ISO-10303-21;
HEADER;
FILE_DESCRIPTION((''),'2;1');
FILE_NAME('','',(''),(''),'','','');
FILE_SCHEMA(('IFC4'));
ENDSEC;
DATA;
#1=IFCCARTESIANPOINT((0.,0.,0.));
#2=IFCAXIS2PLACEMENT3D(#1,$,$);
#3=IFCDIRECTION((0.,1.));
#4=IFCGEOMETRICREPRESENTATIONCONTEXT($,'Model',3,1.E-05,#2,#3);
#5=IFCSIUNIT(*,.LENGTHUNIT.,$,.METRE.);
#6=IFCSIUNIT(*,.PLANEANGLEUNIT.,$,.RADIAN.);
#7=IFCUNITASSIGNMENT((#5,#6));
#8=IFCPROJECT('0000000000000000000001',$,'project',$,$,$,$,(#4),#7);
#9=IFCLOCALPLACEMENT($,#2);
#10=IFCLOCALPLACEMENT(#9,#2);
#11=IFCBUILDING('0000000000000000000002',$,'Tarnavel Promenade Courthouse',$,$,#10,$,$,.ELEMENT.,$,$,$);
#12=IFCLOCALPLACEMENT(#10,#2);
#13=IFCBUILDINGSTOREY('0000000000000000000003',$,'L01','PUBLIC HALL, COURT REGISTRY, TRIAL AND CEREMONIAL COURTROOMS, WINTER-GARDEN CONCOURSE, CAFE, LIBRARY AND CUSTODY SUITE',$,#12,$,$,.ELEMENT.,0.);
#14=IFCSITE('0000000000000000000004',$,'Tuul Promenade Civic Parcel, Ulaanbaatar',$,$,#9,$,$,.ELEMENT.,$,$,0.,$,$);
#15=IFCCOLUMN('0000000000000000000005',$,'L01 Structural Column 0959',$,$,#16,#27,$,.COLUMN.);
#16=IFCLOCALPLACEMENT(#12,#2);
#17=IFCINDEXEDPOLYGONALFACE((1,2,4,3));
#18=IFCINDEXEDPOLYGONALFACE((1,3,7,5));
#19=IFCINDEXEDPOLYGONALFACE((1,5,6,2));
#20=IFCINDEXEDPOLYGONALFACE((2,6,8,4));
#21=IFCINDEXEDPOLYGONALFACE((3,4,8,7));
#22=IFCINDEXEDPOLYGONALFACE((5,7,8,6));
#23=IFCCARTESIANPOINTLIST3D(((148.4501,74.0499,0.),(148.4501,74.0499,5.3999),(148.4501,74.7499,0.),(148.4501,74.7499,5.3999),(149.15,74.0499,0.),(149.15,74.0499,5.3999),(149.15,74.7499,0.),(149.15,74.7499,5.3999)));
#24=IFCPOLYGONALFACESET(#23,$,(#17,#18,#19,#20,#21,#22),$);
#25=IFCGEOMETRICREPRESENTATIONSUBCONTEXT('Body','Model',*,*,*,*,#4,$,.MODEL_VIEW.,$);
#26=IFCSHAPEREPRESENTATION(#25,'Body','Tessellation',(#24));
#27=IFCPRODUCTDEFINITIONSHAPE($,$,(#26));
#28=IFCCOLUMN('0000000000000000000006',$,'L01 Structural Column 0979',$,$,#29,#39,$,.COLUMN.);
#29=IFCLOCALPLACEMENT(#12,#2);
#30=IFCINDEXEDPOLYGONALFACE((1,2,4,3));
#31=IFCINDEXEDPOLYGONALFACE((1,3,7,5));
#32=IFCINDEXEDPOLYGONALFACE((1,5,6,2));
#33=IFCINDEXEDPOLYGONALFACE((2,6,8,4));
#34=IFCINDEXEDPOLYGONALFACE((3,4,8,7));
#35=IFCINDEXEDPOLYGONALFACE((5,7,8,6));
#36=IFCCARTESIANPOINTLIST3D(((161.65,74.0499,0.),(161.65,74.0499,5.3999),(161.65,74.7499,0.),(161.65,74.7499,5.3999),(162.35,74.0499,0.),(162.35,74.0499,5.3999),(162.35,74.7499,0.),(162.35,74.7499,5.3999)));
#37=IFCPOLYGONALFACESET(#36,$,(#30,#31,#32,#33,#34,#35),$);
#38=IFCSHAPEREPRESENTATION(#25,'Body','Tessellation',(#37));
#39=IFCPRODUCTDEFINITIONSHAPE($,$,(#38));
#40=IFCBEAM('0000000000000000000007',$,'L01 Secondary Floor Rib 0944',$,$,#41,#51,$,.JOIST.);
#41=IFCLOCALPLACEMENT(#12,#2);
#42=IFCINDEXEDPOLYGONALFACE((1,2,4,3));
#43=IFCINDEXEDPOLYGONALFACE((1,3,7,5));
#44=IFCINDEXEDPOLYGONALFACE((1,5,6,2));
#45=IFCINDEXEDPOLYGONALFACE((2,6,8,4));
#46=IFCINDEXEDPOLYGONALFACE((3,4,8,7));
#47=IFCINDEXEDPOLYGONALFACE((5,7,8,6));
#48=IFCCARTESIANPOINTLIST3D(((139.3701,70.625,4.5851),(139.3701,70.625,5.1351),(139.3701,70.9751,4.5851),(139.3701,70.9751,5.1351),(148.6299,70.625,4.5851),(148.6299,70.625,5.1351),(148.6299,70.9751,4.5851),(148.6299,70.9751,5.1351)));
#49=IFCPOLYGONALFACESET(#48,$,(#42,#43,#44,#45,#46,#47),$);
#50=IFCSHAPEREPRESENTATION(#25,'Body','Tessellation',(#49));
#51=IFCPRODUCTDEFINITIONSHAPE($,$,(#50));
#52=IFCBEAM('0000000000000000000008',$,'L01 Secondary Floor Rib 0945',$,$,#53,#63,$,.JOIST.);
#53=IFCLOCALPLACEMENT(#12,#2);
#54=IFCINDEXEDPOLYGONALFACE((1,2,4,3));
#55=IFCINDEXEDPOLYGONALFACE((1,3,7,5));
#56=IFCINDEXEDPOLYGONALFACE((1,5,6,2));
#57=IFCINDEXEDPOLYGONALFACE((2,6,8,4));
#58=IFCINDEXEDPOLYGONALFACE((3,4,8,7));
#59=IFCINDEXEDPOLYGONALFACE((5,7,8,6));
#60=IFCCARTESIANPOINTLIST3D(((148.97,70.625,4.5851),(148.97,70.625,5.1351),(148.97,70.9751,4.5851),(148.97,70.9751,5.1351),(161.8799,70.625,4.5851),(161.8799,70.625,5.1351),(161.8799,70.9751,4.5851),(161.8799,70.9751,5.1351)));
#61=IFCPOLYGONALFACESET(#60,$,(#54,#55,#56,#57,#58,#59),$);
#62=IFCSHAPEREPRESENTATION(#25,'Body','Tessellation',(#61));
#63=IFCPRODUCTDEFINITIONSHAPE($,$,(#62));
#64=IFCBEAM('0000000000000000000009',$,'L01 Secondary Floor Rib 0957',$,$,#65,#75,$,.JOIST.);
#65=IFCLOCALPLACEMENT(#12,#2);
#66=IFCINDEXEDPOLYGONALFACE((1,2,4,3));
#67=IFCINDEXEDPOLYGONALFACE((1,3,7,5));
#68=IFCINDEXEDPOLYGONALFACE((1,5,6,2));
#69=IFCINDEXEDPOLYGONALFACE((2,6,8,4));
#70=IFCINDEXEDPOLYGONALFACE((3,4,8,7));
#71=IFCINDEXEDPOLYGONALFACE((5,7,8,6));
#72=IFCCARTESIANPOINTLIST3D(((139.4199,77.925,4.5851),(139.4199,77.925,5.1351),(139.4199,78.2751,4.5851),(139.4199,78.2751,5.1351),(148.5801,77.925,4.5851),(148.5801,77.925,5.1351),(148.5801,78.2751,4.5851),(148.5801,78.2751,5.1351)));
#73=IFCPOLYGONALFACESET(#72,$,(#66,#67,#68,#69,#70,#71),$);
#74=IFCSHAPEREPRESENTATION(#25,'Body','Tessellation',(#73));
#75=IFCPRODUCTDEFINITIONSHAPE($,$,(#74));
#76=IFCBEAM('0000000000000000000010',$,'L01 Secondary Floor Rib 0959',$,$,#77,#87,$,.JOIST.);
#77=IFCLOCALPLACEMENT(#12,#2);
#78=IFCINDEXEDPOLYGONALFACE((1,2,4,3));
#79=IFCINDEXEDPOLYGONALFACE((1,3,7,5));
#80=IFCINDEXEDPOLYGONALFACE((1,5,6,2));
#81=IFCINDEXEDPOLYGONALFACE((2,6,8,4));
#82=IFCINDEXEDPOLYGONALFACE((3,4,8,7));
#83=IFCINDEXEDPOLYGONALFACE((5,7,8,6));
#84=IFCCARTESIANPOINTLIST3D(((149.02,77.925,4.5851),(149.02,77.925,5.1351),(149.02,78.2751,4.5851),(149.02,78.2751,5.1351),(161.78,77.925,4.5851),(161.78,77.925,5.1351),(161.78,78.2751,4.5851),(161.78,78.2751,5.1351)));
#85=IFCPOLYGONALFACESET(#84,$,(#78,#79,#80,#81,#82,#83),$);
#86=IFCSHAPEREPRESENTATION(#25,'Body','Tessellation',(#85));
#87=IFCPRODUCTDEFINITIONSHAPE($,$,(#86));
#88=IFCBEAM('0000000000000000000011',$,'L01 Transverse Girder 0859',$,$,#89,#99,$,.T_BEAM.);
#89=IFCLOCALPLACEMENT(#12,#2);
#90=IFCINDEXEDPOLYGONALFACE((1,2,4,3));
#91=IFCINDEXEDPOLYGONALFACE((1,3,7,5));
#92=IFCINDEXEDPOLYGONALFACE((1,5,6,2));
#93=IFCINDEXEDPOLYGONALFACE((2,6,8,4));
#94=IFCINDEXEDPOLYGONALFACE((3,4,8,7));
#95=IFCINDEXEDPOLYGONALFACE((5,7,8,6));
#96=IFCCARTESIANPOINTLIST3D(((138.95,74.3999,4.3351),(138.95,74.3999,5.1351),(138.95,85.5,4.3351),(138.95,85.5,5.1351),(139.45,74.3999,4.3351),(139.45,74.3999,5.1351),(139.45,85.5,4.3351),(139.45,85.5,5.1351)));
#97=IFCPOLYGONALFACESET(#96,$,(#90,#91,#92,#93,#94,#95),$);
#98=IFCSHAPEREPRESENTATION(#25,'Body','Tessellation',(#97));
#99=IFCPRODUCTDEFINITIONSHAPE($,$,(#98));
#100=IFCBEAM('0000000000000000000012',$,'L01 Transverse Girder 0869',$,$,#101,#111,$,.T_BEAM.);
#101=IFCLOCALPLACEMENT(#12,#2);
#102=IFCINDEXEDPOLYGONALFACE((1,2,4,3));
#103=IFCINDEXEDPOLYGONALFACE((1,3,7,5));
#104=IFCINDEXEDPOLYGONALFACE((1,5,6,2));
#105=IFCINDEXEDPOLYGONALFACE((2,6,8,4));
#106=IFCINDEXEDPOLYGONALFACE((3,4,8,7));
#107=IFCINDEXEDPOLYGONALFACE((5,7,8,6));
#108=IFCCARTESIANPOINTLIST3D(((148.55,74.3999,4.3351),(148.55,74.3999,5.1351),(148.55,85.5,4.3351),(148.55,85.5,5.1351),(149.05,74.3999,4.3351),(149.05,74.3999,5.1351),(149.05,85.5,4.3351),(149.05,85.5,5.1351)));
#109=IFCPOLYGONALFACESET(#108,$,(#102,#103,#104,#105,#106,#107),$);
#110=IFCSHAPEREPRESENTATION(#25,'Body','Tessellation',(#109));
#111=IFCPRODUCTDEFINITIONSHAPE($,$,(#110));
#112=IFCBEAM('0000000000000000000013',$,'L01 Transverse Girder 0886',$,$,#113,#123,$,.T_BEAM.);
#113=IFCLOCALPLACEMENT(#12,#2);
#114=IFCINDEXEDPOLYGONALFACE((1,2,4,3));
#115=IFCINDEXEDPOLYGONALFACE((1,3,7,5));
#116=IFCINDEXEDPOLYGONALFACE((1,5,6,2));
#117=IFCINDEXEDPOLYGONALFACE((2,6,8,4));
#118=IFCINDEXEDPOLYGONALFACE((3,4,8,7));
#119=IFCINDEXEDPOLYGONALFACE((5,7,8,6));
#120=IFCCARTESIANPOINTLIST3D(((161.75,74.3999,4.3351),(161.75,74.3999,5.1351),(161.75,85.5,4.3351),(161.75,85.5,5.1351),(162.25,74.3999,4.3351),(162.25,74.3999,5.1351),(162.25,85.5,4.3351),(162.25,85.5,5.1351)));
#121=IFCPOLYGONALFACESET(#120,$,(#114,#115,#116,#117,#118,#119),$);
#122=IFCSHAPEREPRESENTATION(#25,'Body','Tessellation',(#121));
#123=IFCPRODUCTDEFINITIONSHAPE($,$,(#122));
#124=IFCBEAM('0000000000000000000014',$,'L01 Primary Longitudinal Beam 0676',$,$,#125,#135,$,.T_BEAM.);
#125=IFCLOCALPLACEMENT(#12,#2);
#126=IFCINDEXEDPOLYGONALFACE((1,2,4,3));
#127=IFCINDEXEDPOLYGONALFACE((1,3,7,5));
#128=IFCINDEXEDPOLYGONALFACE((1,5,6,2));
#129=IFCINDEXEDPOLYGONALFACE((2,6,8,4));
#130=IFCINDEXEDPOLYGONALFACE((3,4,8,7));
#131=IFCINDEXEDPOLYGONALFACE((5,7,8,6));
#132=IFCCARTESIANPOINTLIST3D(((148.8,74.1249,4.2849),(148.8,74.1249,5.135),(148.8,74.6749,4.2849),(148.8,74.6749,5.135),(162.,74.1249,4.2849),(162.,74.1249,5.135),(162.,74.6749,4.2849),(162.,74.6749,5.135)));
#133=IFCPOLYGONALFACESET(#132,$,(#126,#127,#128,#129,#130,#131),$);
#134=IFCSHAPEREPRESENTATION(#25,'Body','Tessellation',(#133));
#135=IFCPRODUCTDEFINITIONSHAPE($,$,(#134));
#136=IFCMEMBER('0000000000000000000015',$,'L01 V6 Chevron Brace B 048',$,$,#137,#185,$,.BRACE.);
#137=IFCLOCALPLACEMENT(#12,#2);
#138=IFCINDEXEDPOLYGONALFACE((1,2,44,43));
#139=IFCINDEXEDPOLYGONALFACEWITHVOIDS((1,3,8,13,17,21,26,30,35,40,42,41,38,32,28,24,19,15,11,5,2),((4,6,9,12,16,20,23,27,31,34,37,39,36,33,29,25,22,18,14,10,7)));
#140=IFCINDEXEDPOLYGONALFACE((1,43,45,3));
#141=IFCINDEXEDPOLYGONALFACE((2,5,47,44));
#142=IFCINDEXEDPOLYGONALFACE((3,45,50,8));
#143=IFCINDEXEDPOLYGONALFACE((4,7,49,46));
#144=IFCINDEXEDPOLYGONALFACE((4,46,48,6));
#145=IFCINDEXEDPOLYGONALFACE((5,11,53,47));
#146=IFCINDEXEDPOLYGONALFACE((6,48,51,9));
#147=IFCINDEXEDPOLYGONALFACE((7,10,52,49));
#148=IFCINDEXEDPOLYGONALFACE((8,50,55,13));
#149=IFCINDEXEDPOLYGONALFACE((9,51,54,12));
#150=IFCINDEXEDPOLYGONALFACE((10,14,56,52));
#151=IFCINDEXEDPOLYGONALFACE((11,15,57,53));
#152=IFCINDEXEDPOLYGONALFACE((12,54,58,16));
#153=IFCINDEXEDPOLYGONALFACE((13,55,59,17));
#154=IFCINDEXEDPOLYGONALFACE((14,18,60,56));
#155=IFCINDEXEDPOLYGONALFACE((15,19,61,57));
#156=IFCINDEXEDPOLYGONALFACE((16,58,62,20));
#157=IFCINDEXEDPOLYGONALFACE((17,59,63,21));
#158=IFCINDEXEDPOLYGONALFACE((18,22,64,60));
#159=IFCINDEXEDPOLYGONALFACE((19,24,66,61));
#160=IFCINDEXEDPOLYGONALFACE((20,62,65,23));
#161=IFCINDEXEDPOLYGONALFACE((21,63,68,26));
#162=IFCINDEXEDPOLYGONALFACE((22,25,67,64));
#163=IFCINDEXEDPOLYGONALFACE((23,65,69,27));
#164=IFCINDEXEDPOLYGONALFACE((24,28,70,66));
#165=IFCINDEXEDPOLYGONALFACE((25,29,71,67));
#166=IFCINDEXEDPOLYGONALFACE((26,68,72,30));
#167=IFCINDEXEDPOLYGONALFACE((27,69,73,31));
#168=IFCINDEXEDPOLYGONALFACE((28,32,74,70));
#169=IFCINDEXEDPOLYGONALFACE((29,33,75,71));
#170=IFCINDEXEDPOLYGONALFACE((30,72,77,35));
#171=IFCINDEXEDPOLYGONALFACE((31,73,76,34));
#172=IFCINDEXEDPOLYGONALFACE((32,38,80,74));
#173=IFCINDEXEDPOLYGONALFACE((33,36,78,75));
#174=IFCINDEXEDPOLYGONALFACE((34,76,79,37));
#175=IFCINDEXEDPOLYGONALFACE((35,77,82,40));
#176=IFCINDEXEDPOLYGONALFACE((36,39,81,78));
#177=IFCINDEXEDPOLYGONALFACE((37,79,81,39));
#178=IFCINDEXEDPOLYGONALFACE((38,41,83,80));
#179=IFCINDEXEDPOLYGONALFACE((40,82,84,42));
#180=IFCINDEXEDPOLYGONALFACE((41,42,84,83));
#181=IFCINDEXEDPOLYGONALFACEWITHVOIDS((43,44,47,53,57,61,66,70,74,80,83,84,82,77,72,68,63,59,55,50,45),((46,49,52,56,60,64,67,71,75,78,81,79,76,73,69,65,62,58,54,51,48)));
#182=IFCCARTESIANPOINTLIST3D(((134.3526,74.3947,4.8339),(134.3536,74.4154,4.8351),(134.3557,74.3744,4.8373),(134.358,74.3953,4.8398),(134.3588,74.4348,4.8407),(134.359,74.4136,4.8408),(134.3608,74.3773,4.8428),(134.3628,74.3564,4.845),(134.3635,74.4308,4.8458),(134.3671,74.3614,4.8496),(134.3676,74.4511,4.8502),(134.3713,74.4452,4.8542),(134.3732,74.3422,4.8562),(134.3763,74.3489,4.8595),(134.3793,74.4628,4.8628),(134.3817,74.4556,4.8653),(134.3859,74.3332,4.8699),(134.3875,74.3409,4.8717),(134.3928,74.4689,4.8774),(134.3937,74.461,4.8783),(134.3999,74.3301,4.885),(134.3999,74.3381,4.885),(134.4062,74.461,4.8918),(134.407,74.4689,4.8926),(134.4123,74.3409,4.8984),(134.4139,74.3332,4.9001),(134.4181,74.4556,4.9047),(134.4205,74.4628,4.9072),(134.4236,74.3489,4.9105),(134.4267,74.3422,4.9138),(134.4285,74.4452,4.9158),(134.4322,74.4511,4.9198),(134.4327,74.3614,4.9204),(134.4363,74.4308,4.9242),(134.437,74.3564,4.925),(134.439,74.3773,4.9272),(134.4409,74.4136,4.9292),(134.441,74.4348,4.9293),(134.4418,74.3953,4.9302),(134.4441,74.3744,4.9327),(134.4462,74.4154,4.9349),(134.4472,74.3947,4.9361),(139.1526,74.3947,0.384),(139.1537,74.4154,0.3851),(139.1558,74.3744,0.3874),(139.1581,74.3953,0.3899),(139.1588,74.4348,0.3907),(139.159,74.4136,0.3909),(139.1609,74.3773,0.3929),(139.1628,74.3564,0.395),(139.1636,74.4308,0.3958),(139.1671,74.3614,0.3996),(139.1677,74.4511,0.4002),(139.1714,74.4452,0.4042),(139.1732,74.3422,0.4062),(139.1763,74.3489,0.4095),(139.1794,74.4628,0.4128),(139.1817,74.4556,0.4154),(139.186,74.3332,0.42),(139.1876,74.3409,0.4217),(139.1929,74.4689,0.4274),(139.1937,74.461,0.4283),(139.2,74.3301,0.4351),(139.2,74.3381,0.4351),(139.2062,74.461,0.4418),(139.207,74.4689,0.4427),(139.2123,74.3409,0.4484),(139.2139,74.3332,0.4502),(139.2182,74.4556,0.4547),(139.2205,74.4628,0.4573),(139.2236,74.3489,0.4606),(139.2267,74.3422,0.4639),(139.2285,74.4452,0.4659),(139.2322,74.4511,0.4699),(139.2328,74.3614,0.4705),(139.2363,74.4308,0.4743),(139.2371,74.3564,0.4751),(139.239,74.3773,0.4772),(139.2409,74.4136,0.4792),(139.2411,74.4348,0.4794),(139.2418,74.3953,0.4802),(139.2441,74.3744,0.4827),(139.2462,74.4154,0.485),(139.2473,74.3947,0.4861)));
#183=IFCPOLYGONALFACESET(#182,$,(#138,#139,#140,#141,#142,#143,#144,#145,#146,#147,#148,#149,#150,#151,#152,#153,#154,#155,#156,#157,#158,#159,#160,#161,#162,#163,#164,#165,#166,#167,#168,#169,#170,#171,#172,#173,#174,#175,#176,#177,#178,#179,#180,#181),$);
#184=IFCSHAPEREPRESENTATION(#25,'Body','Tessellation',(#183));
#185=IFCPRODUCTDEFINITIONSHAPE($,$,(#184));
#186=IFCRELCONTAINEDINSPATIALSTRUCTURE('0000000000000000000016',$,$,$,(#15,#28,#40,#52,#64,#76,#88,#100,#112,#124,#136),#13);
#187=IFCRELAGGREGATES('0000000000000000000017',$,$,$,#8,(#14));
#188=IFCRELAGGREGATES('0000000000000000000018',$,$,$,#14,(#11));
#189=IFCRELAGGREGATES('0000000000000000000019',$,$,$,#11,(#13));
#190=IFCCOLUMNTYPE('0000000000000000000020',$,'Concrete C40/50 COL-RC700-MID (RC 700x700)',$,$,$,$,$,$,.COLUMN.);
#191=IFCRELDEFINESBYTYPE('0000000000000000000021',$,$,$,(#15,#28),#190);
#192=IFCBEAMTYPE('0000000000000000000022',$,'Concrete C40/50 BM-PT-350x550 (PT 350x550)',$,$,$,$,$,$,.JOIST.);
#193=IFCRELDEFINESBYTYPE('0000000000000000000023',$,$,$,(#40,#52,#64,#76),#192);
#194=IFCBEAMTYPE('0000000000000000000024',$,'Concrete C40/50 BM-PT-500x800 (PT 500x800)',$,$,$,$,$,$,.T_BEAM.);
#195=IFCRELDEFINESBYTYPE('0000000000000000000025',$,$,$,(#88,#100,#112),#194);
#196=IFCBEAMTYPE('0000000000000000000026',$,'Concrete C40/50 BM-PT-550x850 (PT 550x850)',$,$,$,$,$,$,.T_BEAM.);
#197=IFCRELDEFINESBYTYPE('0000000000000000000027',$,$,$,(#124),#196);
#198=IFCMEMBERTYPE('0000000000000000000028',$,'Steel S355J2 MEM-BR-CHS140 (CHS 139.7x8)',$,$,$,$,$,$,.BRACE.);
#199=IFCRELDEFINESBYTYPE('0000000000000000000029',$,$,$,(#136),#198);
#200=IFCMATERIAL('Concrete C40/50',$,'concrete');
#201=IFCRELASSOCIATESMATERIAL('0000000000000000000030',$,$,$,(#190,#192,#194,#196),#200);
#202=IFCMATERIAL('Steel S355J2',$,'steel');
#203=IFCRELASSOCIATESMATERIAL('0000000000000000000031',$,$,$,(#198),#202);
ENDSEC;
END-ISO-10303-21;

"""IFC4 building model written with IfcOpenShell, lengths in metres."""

from ifc_helpers import new_model, si_unit, direction, frame, origin, origin_2d, place, context, subcontext, project, spatial, rectangle, hollow_circle, extrude, material, material_profile, profile_set, type_object, element, save


model = new_model("IFC4")

# Units and contexts
model_context = context("Model", 3, precision=1e-05, world=origin(), true_north=direction((0.0, 1.0)))
body_context = subcontext(model_context, "Body", "Model", "MODEL_VIEW")
ifc_project = project(units=[si_unit("LENGTHUNIT", "METRE"), si_unit("PLANEANGLEUNIT", "RADIAN")], contexts=[model_context])

# Site, building, storey
site_placement = place(None, origin())
site = spatial("IfcSite", under=ifc_project, at=site_placement, Name="Tuul Promenade Civic Parcel, Ulaanbaatar", CompositionType="ELEMENT", RefElevation=0.0)
building_placement = place(site_placement, origin())
building = spatial("IfcBuilding", under=site, at=building_placement, Name="Tarnavel Promenade Courthouse", CompositionType="ELEMENT")
storey_placement = place(building_placement, origin())
storey = spatial("IfcBuildingStorey", under=building, at=storey_placement, Name="L01", Description="PUBLIC HALL, COURT REGISTRY, TRIAL AND CEREMONIAL COURTROOMS, WINTER-GARDEN CONCOURSE, CAFE, LIBRARY AND CUSTODY SUITE", CompositionType="ELEMENT", Elevation=0.0)

# Columns
ifc_material_1 = material(Name="Concrete C40/50", Category="concrete")
ifc_material_profile_1 = material_profile(ifc_material_1, rectangle(XDim=0.7, YDim=0.7, at=origin_2d()), Name="RC 700x700")
ifc_profile_set_1 = profile_set([ifc_material_profile_1], Name="Concrete C40/50")
column_type = type_object("IfcColumnType", Name="Concrete C40/50 COL-RC700-MID (RC 700x700)", PredefinedType="COLUMN", material=ifc_profile_set_1)
for number, where, z_axis, x_axis, name in (
    (1, (148.8, 74.3999, 0.0), (0.0, 0.0, 1.0), (1.0, 0.0, 0.0), "L01 Structural Column 0959"),
    (2, (162.0, 74.3999, 0.0), (0.0, 0.0, 1.0), (1.0, 0.0, 0.0), "L01 Structural Column 0979"),
):
    element("IfcColumn", number, at=place(storey_placement, frame(where, z_axis=z_axis, x_axis=x_axis)), inside=storey, type_object=column_type, Name=name, PredefinedType="COLUMN", context=body_context, shape_type="SweptSolid", body=[
        extrude(rectangle(XDim=0.7, YDim=0.7, at=origin_2d()), origin(), (0.0, 0.0, 1.0), 5.3999),
    ])

# Beams
ifc_material_profile_2 = material_profile(ifc_material_1, rectangle(XDim=0.3501, YDim=0.55, at=origin_2d()), Name="PT 350x550")
ifc_profile_set_2 = profile_set([ifc_material_profile_2], Name="Concrete C40/50")
beam_type_1 = type_object("IfcBeamType", Name="Concrete C40/50 BM-PT-350x550 (PT 350x550)", PredefinedType="JOIST", material=ifc_profile_set_2)
beam_1_placement = place(storey_placement, frame((139.3701, 70.8, 4.8601), z_axis=(1.0, 0.0, 0.0), x_axis=(0.0, 1.0, 0.0)))
element("IfcBeam", 3, at=beam_1_placement, inside=storey, type_object=beam_type_1, Name="L01 Secondary Floor Rib 0944", PredefinedType="JOIST", context=body_context, shape_type="SweptSolid", body=[
    extrude(rectangle(XDim=0.3501, YDim=0.55, at=origin_2d()), origin(), (0.0, 0.0, 1.0), 9.2598),
])
beam_2_placement = place(storey_placement, frame((148.97, 70.8, 4.8601), z_axis=(1.0, 0.0, 0.0), x_axis=(0.0, 1.0, 0.0)))
element("IfcBeam", 4, at=beam_2_placement, inside=storey, type_object=beam_type_1, Name="L01 Secondary Floor Rib 0945", PredefinedType="JOIST", context=body_context, shape_type="SweptSolid", body=[
    extrude(rectangle(XDim=0.3501, YDim=0.55, at=origin_2d()), origin(), (0.0, 0.0, 1.0), 12.9099),
])
beam_3_placement = place(storey_placement, frame((139.4199, 78.1001, 4.8601), z_axis=(1.0, 0.0, 0.0), x_axis=(0.0, 1.0, 0.0)))
element("IfcBeam", 5, at=beam_3_placement, inside=storey, type_object=beam_type_1, Name="L01 Secondary Floor Rib 0957", PredefinedType="JOIST", context=body_context, shape_type="SweptSolid", body=[
    extrude(rectangle(XDim=0.3501, YDim=0.55, at=origin_2d()), origin(), (0.0, 0.0, 1.0), 9.1602),
])
beam_4_placement = place(storey_placement, frame((149.02, 78.1001, 4.8601), z_axis=(1.0, 0.0, 0.0), x_axis=(0.0, 1.0, 0.0)))
element("IfcBeam", 6, at=beam_4_placement, inside=storey, type_object=beam_type_1, Name="L01 Secondary Floor Rib 0959", PredefinedType="JOIST", context=body_context, shape_type="SweptSolid", body=[
    extrude(rectangle(XDim=0.3501, YDim=0.55, at=origin_2d()), origin(), (0.0, 0.0, 1.0), 12.76),
])
ifc_material_profile_3 = material_profile(ifc_material_1, rectangle(XDim=0.5, YDim=0.8, at=origin_2d()), Name="PT 500x800")
ifc_profile_set_3 = profile_set([ifc_material_profile_3], Name="Concrete C40/50")
beam_type_2 = type_object("IfcBeamType", Name="Concrete C40/50 BM-PT-500x800 (PT 500x800)", PredefinedType="T_BEAM", material=ifc_profile_set_3)
for number, where, z_axis, x_axis, name in (
    (7, (139.2, 74.3999, 4.7351), (0.0, 1.0, 0.0), (-1.0, 0.0, 0.0), "L01 Transverse Girder 0859"),
    (8, (148.8, 74.3999, 4.7351), (0.0, 1.0, 0.0), (-1.0, 0.0, 0.0), "L01 Transverse Girder 0869"),
    (9, (162.0, 74.3999, 4.7351), (0.0, 1.0, 0.0), (-1.0, 0.0, 0.0), "L01 Transverse Girder 0886"),
):
    element("IfcBeam", number, at=place(storey_placement, frame(where, z_axis=z_axis, x_axis=x_axis)), inside=storey, type_object=beam_type_2, Name=name, PredefinedType="T_BEAM", context=body_context, shape_type="SweptSolid", body=[
        extrude(rectangle(XDim=0.5, YDim=0.8, at=origin_2d()), origin(), (0.0, 0.0, 1.0), 11.1001),
    ])
ifc_material_profile_4 = material_profile(ifc_material_1, rectangle(XDim=0.55, YDim=0.8501, at=origin_2d()), Name="PT 550x850")
ifc_profile_set_4 = profile_set([ifc_material_profile_4], Name="Concrete C40/50")
beam_type_3 = type_object("IfcBeamType", Name="Concrete C40/50 BM-PT-550x850 (PT 550x850)", PredefinedType="T_BEAM", material=ifc_profile_set_4)
beam_5_placement = place(storey_placement, frame((148.8, 74.3999, 4.71), z_axis=(1.0, 0.0, 0.0), x_axis=(0.0, 1.0, 0.0)))
element("IfcBeam", 10, at=beam_5_placement, inside=storey, type_object=beam_type_3, Name="L01 Primary Longitudinal Beam 0676", PredefinedType="T_BEAM", context=body_context, shape_type="SweptSolid", body=[
    extrude(rectangle(XDim=0.55, YDim=0.8501, at=origin_2d()), origin(), (0.0, 0.0, 1.0), 13.2),
])

# Member
ifc_material_2 = material(Name="Steel S355J2", Category="steel")
ifc_material_profile_5 = material_profile(ifc_material_2, hollow_circle(Radius=0.0698, WallThickness=0.0081, at=origin_2d()), Name="CHS 139.7x8")
ifc_profile_set_5 = profile_set([ifc_material_profile_5], Name="Steel S355J2")
member_type = type_object("IfcMemberType", Name="Steel S355J2 MEM-BR-CHS140 (CHS 139.7x8)", PredefinedType="BRACE", material=ifc_profile_set_5)
member_placement = place(storey_placement, frame((139.2, 74.3999, 0.4351), z_axis=(-0.733345, 0.0, 0.679857), x_axis=(0.0, -1.0, 0.0)))
element("IfcMember", 11, at=member_placement, inside=storey, type_object=member_type, Name="L01 V6 Chevron Brace B 048", PredefinedType="BRACE", context=body_context, shape_type="SweptSolid", body=[
    extrude(hollow_circle(Radius=0.0698, WallThickness=0.0081, at=origin_2d()), origin(), (0.0, 0.0, 1.0), 6.5454),
])

save(model, "model.ifc")
